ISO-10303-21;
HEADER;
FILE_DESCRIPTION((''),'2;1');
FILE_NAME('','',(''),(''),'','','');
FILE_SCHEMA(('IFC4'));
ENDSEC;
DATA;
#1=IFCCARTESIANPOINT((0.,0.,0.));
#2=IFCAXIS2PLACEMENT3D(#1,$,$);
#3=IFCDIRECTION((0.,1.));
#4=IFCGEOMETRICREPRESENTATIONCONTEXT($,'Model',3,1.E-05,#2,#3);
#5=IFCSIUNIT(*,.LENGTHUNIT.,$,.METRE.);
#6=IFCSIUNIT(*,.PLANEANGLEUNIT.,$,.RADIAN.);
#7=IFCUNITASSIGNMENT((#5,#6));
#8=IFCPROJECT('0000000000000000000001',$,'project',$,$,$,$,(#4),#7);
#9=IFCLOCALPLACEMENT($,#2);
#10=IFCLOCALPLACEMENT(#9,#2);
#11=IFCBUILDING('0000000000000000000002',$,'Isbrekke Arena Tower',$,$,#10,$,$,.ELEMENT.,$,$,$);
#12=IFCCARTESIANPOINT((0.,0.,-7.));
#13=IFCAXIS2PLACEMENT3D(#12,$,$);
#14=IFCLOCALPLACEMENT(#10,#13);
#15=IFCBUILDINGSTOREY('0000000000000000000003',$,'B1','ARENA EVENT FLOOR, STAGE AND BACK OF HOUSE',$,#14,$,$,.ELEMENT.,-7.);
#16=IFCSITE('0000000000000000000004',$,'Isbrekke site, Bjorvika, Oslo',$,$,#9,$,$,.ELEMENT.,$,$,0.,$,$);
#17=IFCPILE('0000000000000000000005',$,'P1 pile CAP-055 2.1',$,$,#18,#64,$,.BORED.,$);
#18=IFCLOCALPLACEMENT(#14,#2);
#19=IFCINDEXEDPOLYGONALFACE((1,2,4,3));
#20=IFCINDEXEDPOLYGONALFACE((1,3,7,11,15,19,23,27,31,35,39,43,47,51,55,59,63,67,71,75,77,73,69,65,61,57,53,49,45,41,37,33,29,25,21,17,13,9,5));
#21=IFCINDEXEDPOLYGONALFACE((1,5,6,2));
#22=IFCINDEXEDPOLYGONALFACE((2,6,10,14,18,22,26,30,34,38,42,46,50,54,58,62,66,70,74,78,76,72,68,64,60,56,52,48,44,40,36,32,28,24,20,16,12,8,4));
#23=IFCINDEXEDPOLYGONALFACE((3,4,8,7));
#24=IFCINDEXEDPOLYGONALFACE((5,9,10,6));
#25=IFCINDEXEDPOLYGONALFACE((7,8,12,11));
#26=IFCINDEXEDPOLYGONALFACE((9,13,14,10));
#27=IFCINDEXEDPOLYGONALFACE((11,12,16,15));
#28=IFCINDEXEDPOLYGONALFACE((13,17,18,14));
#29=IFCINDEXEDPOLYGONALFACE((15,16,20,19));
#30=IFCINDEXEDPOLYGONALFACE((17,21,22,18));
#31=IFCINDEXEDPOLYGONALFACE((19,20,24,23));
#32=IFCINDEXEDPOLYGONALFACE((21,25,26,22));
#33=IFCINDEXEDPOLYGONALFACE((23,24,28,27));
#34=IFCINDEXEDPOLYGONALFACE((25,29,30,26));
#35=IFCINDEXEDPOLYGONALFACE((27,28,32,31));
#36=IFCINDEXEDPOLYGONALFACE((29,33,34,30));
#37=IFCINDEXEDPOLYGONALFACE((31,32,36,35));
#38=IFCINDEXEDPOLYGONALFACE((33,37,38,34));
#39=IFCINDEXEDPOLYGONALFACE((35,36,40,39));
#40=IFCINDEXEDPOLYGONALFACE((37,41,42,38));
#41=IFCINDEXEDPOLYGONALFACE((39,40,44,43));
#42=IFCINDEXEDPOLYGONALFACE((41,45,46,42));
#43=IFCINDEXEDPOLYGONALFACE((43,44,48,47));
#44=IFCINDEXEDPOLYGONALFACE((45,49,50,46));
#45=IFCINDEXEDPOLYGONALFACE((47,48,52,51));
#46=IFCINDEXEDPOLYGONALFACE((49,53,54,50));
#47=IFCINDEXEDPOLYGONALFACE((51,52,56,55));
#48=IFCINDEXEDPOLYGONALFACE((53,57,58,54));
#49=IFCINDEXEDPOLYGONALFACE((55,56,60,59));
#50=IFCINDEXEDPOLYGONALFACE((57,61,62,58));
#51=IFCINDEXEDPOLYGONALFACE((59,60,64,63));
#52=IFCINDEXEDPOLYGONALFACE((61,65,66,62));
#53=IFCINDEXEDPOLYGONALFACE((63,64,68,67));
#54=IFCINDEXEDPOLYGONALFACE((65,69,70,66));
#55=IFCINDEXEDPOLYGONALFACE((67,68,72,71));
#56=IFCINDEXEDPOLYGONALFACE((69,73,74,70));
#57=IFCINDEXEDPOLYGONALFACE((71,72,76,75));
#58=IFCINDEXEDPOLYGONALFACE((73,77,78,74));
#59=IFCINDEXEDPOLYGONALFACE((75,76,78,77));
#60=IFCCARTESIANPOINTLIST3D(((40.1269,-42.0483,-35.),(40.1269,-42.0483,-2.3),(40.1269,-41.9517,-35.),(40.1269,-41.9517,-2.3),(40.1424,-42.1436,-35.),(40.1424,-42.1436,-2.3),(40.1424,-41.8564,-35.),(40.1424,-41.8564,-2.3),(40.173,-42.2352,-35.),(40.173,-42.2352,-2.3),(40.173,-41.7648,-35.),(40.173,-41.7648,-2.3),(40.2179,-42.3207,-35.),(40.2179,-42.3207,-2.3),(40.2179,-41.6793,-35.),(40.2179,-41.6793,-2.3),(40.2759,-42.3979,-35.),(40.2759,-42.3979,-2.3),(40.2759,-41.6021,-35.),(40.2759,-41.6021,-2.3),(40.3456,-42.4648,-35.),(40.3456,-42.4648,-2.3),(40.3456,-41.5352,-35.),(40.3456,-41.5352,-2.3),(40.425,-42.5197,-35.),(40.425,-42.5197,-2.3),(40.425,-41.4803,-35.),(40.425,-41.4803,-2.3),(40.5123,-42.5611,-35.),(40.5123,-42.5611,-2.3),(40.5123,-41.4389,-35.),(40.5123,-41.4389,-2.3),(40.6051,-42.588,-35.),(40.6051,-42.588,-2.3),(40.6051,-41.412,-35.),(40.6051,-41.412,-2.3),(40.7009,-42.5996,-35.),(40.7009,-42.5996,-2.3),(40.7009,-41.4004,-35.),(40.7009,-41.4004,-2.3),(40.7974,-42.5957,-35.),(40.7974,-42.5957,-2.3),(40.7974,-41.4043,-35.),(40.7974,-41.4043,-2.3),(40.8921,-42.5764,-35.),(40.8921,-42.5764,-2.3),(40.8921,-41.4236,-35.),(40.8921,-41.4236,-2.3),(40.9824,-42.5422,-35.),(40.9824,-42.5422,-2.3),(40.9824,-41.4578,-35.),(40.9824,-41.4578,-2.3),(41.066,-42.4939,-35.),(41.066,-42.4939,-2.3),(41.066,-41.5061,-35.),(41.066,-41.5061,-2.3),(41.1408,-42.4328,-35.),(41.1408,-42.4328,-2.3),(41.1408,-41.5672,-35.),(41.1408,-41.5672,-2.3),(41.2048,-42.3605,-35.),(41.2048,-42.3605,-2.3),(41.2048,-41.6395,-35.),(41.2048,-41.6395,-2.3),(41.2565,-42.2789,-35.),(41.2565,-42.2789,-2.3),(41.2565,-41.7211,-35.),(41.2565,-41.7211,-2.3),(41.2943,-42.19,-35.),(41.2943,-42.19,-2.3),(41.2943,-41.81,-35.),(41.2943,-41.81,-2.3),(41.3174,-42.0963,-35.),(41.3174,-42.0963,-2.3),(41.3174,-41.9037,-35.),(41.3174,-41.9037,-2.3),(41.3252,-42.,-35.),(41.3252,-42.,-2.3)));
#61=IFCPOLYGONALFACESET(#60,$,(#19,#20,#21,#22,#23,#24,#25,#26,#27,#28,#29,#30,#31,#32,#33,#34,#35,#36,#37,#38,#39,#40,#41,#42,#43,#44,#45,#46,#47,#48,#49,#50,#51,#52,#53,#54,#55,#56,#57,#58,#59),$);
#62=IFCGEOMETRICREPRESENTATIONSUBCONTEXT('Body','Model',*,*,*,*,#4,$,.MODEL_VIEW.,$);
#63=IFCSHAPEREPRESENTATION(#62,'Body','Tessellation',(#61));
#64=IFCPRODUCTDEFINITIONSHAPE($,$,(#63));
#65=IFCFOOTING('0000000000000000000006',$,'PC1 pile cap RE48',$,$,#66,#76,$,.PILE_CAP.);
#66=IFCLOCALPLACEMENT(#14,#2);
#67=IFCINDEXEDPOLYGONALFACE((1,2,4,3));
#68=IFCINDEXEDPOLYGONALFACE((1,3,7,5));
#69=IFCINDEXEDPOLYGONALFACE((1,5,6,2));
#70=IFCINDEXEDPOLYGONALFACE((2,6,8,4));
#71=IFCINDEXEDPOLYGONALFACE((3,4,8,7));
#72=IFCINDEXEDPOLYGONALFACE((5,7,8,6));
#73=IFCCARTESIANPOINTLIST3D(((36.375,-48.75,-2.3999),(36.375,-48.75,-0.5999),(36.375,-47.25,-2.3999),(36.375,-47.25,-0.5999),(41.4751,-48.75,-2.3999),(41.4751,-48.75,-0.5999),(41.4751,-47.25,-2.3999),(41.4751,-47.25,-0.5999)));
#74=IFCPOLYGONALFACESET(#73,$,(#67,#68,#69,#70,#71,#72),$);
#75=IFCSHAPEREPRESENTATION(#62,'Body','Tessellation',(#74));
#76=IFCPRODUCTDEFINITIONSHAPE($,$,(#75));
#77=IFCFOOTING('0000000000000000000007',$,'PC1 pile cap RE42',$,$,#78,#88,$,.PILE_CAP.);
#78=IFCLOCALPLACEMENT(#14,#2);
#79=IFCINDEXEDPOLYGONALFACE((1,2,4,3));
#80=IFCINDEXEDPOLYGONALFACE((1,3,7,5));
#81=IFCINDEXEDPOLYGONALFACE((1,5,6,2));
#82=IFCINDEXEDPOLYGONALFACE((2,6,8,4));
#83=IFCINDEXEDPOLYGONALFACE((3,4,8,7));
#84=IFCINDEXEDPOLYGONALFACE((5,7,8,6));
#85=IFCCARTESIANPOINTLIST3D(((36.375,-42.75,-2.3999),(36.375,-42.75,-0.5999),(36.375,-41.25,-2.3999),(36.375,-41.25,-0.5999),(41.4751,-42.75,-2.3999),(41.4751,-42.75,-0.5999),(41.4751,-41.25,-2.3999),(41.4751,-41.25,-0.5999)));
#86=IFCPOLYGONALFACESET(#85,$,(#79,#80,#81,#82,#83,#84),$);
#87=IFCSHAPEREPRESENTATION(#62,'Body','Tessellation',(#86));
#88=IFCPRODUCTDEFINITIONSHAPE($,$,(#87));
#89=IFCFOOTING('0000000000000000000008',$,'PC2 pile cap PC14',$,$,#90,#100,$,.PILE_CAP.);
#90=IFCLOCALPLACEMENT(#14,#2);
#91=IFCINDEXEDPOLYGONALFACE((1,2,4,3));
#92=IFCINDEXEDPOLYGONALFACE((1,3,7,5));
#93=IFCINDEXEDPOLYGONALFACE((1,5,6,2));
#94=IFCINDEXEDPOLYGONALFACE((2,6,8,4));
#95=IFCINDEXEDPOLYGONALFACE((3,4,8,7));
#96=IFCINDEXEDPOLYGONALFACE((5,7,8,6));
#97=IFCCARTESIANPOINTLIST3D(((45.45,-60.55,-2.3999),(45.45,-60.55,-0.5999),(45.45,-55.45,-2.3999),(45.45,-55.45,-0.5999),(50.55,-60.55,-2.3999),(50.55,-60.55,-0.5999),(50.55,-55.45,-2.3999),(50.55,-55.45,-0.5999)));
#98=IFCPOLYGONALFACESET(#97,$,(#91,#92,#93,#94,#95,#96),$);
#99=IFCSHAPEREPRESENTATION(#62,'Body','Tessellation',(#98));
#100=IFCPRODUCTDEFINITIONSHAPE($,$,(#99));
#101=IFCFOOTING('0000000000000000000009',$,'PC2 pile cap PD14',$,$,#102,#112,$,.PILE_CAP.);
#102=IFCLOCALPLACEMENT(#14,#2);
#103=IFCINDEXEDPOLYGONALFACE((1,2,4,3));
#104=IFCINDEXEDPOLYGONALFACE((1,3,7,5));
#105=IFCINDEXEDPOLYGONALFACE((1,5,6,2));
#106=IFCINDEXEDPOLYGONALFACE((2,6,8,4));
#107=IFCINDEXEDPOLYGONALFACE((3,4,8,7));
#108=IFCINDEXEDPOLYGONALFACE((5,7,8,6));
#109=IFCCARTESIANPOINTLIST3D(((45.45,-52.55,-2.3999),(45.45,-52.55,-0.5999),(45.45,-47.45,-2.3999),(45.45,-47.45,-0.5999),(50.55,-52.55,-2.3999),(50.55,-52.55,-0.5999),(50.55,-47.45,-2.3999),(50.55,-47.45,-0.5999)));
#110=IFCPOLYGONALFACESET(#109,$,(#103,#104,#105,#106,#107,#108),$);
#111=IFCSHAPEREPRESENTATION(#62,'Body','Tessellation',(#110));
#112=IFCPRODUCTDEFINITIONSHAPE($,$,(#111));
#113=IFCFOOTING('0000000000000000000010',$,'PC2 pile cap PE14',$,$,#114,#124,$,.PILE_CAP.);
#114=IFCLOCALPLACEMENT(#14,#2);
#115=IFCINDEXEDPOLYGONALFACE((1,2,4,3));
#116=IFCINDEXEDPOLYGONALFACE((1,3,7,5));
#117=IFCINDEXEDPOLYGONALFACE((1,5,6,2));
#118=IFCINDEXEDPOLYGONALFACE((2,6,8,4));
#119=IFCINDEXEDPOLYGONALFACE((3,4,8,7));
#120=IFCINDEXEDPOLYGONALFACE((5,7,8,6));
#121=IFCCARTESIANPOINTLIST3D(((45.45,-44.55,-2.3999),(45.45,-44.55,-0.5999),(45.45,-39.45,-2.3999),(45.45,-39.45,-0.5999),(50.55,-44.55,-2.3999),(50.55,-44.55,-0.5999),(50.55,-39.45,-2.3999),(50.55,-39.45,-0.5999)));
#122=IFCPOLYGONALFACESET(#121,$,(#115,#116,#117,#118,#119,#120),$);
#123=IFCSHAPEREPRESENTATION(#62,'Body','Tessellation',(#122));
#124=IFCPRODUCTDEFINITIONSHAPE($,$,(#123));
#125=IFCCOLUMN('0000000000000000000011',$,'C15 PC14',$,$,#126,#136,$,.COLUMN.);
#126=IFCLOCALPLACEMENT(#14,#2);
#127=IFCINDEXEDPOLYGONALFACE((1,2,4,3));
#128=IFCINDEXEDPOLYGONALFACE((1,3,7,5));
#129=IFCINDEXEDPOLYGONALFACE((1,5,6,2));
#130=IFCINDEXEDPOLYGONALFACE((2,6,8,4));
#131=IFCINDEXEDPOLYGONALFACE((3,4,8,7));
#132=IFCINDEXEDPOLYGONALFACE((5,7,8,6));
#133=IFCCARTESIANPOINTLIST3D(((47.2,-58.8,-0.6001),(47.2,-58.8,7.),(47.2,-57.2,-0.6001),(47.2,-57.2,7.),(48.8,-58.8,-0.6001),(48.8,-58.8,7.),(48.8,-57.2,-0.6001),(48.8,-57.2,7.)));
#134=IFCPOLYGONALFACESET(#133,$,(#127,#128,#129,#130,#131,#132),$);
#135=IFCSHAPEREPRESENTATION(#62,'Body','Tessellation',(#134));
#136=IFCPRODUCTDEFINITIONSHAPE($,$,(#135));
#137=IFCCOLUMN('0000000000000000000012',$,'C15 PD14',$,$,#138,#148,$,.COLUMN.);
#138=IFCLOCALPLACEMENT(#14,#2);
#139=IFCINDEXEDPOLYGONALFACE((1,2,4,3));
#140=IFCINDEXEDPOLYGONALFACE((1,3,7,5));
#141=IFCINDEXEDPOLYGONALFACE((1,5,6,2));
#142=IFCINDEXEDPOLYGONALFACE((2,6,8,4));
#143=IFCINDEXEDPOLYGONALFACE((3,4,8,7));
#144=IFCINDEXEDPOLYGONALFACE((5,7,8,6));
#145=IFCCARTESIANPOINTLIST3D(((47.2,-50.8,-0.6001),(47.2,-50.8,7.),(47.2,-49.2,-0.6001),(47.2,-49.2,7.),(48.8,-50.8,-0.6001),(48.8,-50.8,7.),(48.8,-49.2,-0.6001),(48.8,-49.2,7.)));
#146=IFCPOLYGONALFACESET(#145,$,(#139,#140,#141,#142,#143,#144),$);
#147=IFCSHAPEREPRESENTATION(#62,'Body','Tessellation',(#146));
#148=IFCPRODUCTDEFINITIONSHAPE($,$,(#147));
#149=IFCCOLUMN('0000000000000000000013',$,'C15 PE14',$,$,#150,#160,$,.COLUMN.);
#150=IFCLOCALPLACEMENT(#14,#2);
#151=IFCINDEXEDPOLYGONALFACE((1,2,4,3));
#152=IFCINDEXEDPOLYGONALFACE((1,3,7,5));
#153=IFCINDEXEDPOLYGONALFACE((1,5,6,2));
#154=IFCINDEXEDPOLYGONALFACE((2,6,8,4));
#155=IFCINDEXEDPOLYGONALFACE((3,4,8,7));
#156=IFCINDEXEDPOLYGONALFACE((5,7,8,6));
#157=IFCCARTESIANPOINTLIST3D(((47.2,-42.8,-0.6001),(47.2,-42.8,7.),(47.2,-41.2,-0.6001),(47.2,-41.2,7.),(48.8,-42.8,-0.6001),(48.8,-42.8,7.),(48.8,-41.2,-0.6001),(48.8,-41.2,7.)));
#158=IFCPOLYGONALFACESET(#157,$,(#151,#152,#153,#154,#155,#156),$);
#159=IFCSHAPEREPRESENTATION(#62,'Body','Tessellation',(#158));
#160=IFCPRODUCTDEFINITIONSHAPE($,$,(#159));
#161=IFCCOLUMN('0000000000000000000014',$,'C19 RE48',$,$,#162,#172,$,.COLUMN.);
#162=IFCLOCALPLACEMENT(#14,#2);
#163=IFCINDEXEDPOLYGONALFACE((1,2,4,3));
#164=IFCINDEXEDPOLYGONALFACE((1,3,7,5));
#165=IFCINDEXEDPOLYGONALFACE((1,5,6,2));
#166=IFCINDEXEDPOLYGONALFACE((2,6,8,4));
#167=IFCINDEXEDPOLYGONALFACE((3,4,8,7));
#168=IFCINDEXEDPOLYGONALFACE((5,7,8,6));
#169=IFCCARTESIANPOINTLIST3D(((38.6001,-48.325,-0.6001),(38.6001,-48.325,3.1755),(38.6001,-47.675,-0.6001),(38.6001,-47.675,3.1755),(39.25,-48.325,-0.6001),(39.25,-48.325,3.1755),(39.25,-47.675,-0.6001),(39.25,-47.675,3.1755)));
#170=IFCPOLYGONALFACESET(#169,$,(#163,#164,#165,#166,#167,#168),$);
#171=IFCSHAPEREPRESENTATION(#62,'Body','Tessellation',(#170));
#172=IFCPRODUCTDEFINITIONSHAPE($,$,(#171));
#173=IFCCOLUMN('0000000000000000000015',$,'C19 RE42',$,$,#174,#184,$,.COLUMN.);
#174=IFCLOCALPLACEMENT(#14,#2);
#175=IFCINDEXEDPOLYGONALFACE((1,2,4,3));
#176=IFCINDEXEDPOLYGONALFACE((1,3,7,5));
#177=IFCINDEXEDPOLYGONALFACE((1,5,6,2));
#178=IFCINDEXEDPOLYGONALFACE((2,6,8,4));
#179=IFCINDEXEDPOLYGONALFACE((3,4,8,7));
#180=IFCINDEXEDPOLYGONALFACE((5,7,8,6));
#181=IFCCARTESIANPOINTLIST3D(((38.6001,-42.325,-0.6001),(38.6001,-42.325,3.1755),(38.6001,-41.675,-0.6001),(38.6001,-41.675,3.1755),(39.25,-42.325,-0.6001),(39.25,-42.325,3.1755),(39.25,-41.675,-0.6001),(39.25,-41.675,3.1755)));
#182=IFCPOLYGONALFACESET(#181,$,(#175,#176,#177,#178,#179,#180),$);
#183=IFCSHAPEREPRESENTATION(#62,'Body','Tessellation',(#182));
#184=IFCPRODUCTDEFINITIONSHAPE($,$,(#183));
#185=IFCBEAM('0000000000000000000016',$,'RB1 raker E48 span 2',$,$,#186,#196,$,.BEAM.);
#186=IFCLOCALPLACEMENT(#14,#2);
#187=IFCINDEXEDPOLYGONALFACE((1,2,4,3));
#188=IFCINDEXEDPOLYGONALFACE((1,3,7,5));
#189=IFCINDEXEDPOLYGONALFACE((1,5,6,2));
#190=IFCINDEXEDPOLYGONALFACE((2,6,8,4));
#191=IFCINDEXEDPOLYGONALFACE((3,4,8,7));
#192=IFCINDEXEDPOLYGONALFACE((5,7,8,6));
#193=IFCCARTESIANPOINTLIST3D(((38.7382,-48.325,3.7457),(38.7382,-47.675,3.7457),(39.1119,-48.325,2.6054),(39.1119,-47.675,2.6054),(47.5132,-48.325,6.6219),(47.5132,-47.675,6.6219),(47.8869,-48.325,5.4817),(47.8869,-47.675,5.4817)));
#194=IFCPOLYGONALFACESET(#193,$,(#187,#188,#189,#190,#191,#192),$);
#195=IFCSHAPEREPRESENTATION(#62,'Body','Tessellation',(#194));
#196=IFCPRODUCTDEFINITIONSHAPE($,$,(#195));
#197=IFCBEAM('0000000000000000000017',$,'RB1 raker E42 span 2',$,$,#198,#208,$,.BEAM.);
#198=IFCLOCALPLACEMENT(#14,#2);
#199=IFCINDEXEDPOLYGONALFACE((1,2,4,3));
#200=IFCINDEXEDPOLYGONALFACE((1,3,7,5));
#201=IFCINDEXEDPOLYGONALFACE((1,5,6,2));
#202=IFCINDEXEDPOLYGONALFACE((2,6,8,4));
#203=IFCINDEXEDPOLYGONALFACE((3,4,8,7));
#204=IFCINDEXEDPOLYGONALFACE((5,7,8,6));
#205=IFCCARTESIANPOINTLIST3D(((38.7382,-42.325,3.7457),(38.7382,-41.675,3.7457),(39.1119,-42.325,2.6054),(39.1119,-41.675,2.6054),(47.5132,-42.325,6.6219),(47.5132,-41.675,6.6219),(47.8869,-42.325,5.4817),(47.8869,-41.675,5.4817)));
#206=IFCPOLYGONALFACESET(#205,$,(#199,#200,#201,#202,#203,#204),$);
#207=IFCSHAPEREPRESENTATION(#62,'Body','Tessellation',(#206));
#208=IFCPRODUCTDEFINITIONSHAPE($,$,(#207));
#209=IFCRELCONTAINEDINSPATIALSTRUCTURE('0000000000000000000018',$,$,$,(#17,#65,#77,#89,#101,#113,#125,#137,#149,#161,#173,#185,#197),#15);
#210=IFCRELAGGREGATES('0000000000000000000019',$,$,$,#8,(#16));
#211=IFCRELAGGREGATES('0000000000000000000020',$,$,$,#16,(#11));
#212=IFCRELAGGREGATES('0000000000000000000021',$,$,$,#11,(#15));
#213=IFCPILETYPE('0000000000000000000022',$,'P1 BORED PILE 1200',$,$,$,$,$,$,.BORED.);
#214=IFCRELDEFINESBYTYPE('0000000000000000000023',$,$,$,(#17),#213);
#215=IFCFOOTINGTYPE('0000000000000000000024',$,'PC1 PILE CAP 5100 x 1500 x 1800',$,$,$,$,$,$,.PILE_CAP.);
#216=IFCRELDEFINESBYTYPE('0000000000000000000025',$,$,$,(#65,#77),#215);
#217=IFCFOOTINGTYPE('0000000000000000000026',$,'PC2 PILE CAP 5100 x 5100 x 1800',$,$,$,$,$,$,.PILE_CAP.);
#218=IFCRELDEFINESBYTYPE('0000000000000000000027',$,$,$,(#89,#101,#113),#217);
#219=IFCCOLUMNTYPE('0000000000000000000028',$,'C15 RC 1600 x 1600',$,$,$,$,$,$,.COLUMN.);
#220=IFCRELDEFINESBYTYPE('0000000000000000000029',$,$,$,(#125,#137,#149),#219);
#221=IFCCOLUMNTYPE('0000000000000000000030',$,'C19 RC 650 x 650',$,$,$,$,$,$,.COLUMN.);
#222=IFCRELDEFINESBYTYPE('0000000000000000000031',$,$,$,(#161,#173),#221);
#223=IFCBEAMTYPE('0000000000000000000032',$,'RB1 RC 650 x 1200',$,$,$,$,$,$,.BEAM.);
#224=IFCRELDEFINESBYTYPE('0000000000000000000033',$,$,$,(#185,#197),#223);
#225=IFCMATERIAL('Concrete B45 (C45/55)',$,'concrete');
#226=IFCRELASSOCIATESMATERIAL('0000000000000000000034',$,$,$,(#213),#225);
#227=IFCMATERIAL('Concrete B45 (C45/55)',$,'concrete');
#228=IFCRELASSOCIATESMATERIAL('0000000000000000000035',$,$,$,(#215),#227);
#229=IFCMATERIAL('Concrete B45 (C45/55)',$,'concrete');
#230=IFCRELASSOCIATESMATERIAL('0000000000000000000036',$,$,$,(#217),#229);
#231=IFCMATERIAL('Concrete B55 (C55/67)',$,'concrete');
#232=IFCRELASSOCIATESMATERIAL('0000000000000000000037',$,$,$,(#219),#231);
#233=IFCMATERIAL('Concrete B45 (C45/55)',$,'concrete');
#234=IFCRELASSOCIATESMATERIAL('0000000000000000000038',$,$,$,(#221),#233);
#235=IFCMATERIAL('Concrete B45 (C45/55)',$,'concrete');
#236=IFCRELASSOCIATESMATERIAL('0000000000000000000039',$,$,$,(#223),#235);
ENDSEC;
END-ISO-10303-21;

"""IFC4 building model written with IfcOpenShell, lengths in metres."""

from ifc_helpers import new_model, si_unit, direction, frame, origin, origin_2d, place, context, subcontext, project, spatial, rectangle, circle, extrude, material, material_profile, profile_set, type_object, element, save


model = new_model("IFC4")

# Units and contexts
model_context = context("Model", 3, precision=1e-05, world=origin(), true_north=direction((0.0, 1.0)))
body_context = subcontext(model_context, "Body", "Model", "MODEL_VIEW")
ifc_project = project(units=[si_unit("LENGTHUNIT", "METRE"), si_unit("PLANEANGLEUNIT", "RADIAN")], contexts=[model_context])

# Site, building, storey
site_placement = place(None, origin())
site = spatial("IfcSite", under=ifc_project, at=site_placement, Name="Isbrekke site, Bjorvika, Oslo", CompositionType="ELEMENT", RefElevation=0.0)
building_placement = place(site_placement, origin())
building = spatial("IfcBuilding", under=site, at=building_placement, Name="Isbrekke Arena Tower", CompositionType="ELEMENT")
storey_placement = place(building_placement, frame((0.0, 0.0, -7.0)))
storey = spatial("IfcBuildingStorey", under=building, at=storey_placement, Name="B1", Description="ARENA EVENT FLOOR, STAGE AND BACK OF HOUSE", CompositionType="ELEMENT", Elevation=-7.0)

# Pile
ifc_material_1 = material(Name="Concrete B45 (C45/55)", Category="concrete")
ifc_material_profile_1 = material_profile(ifc_material_1, circle(Radius=0.6001, at=origin_2d()), Name="BORED PILE D1200")
ifc_profile_set_1 = profile_set([ifc_material_profile_1], Name="Concrete B45 (C45/55)")
pile_type = type_object("IfcPileType", Name="P1 BORED PILE 1200", PredefinedType="BORED", material=ifc_profile_set_1)
for number, where, z_axis, x_axis, name in (
    (1, (40.7251, -42.0, -2.3), (0.0, 0.0, -1.0), (1.0, 0.0, 0.0), "P1 pile CAP-055 2.1"),
):
    element("IfcPile", number, at=place(storey_placement, frame(where, z_axis=z_axis, x_axis=x_axis)), inside=storey, type_object=pile_type, Name=name, PredefinedType="BORED", context=body_context, shape_type="SweptSolid", body=[
        extrude(circle(Radius=0.6001, at=origin_2d()), origin(), (0.0, 0.0, 1.0), 32.7),
    ])

# Footings
ifc_material_2 = material(Name="Concrete B45 (C45/55)", Category="concrete")
footing_type_1 = type_object("IfcFootingType", Name="PC1 PILE CAP 5100 x 1500 x 1800", PredefinedType="PILE_CAP", material=ifc_material_2)
for number, where, z_axis, x_axis, name in (
    (2, (38.925, -48.0, -2.3999), (0.0, 0.0, 1.0), (1.0, 0.0, 0.0), "PC1 pile cap RE48"),
    (3, (38.925, -42.0, -2.3999), (0.0, 0.0, 1.0), (1.0, 0.0, 0.0), "PC1 pile cap RE42"),
):
    element("IfcFooting", number, at=place(storey_placement, frame(where, z_axis=z_axis, x_axis=x_axis)), inside=storey, type_object=footing_type_1, Name=name, PredefinedType="PILE_CAP", context=body_context, shape_type="SweptSolid", body=[
        extrude(rectangle(XDim=5.1001, YDim=1.5, at=origin_2d()), origin(), (0.0, 0.0, 1.0), 1.8),
    ])
ifc_material_3 = material(Name="Concrete B45 (C45/55)", Category="concrete")
footing_type_2 = type_object("IfcFootingType", Name="PC2 PILE CAP 5100 x 5100 x 1800", PredefinedType="PILE_CAP", material=ifc_material_3)
for number, where, z_axis, x_axis, name in (
    (4, (48.0, -58.0, -2.3999), (0.0, 0.0, 1.0), (1.0, 0.0, 0.0), "PC2 pile cap PC14"),
    (5, (48.0, -50.0, -2.3999), (0.0, 0.0, 1.0), (1.0, 0.0, 0.0), "PC2 pile cap PD14"),
    (6, (48.0, -42.0, -2.3999), (0.0, 0.0, 1.0), (1.0, 0.0, 0.0), "PC2 pile cap PE14"),
):
    element("IfcFooting", number, at=place(storey_placement, frame(where, z_axis=z_axis, x_axis=x_axis)), inside=storey, type_object=footing_type_2, Name=name, PredefinedType="PILE_CAP", context=body_context, shape_type="SweptSolid", body=[
        extrude(rectangle(XDim=5.1001, YDim=5.1001, at=origin_2d()), origin(), (0.0, 0.0, 1.0), 1.8),
    ])

# Columns
ifc_material_4 = material(Name="Concrete B55 (C55/67)", Category="concrete")
ifc_material_profile_2 = material_profile(ifc_material_4, rectangle(XDim=1.6001, YDim=1.6001, at=origin_2d()), Name="RC 1600x1600")
ifc_profile_set_2 = profile_set([ifc_material_profile_2], Name="Concrete B55 (C55/67)")
column_type_1 = type_object("IfcColumnType", Name="C15 RC 1600 x 1600", PredefinedType="COLUMN", material=ifc_profile_set_2)
for number, where, z_axis, x_axis, name in (
    (7, (48.0, -58.0, -0.6001), (0.0, 0.0, 1.0), (1.0, 0.0, 0.0), "C15 PC14"),
    (8, (48.0, -50.0, -0.6001), (0.0, 0.0, 1.0), (1.0, 0.0, 0.0), "C15 PD14"),
    (9, (48.0, -42.0, -0.6001), (0.0, 0.0, 1.0), (1.0, 0.0, 0.0), "C15 PE14"),
):
    element("IfcColumn", number, at=place(storey_placement, frame(where, z_axis=z_axis, x_axis=x_axis)), inside=storey, type_object=column_type_1, Name=name, PredefinedType="COLUMN", context=body_context, shape_type="SweptSolid", body=[
        extrude(rectangle(XDim=1.6001, YDim=1.6001, at=origin_2d()), origin(), (0.0, 0.0, 1.0), 7.6001),
    ])
ifc_material_5 = material(Name="Concrete B45 (C45/55)", Category="concrete")
ifc_material_profile_3 = material_profile(ifc_material_5, rectangle(XDim=0.6499, YDim=0.6499, at=origin_2d()), Name="RC 650x650")
ifc_profile_set_3 = profile_set([ifc_material_profile_3], Name="Concrete B45 (C45/55)")
column_type_2 = type_object("IfcColumnType", Name="C19 RC 650 x 650", PredefinedType="COLUMN", material=ifc_profile_set_3)
for number, where, z_axis, x_axis, name in (
    (10, (38.925, -48.0, -0.6001), (0.0, 0.0, 1.0), (1.0, 0.0, 0.0), "C19 RE48"),
    (11, (38.925, -42.0, -0.6001), (0.0, 0.0, 1.0), (1.0, 0.0, 0.0), "C19 RE42"),
):
    element("IfcColumn", number, at=place(storey_placement, frame(where, z_axis=z_axis, x_axis=x_axis)), inside=storey, type_object=column_type_2, Name=name, PredefinedType="COLUMN", context=body_context, shape_type="SweptSolid", body=[
        extrude(rectangle(XDim=0.6499, YDim=0.6499, at=origin_2d()), origin(), (0.0, 0.0, 1.0), 3.7756),
    ])

# Beams
ifc_material_6 = material(Name="Concrete B45 (C45/55)", Category="concrete")
ifc_material_profile_4 = material_profile(ifc_material_6, rectangle(XDim=0.6499, YDim=1.2, at=origin_2d()), Name="RC 650x1200")
ifc_profile_set_4 = profile_set([ifc_material_profile_4], Name="Concrete B45 (C45/55)")
beam_type_1 = type_object("IfcBeamType", Name="RB1 RC 650 x 1200", PredefinedType="BEAM", material=ifc_profile_set_4)
for number, where, z_axis, x_axis, name in (
    (12, (38.925, -48.0, 3.1755), (0.950255, 0.0, 0.311473), (0.0, 1.0, 0.0), "RB1 raker E48 span 2"),
    (13, (38.925, -42.0, 3.1755), (0.950255, 0.0, 0.311473), (0.0, 1.0, 0.0), "RB1 raker E42 span 2"),
):
    element("IfcBeam", number, at=place(storey_placement, frame(where, z_axis=z_axis, x_axis=x_axis)), inside=storey, type_object=beam_type_1, Name=name, PredefinedType="BEAM", context=body_context, shape_type="SweptSolid", body=[
        extrude(rectangle(XDim=0.6499, YDim=1.2, at=origin_2d()), origin(), (0.0, 0.0, 1.0), 9.2344),
    ])

save(model, "model.ifc")
